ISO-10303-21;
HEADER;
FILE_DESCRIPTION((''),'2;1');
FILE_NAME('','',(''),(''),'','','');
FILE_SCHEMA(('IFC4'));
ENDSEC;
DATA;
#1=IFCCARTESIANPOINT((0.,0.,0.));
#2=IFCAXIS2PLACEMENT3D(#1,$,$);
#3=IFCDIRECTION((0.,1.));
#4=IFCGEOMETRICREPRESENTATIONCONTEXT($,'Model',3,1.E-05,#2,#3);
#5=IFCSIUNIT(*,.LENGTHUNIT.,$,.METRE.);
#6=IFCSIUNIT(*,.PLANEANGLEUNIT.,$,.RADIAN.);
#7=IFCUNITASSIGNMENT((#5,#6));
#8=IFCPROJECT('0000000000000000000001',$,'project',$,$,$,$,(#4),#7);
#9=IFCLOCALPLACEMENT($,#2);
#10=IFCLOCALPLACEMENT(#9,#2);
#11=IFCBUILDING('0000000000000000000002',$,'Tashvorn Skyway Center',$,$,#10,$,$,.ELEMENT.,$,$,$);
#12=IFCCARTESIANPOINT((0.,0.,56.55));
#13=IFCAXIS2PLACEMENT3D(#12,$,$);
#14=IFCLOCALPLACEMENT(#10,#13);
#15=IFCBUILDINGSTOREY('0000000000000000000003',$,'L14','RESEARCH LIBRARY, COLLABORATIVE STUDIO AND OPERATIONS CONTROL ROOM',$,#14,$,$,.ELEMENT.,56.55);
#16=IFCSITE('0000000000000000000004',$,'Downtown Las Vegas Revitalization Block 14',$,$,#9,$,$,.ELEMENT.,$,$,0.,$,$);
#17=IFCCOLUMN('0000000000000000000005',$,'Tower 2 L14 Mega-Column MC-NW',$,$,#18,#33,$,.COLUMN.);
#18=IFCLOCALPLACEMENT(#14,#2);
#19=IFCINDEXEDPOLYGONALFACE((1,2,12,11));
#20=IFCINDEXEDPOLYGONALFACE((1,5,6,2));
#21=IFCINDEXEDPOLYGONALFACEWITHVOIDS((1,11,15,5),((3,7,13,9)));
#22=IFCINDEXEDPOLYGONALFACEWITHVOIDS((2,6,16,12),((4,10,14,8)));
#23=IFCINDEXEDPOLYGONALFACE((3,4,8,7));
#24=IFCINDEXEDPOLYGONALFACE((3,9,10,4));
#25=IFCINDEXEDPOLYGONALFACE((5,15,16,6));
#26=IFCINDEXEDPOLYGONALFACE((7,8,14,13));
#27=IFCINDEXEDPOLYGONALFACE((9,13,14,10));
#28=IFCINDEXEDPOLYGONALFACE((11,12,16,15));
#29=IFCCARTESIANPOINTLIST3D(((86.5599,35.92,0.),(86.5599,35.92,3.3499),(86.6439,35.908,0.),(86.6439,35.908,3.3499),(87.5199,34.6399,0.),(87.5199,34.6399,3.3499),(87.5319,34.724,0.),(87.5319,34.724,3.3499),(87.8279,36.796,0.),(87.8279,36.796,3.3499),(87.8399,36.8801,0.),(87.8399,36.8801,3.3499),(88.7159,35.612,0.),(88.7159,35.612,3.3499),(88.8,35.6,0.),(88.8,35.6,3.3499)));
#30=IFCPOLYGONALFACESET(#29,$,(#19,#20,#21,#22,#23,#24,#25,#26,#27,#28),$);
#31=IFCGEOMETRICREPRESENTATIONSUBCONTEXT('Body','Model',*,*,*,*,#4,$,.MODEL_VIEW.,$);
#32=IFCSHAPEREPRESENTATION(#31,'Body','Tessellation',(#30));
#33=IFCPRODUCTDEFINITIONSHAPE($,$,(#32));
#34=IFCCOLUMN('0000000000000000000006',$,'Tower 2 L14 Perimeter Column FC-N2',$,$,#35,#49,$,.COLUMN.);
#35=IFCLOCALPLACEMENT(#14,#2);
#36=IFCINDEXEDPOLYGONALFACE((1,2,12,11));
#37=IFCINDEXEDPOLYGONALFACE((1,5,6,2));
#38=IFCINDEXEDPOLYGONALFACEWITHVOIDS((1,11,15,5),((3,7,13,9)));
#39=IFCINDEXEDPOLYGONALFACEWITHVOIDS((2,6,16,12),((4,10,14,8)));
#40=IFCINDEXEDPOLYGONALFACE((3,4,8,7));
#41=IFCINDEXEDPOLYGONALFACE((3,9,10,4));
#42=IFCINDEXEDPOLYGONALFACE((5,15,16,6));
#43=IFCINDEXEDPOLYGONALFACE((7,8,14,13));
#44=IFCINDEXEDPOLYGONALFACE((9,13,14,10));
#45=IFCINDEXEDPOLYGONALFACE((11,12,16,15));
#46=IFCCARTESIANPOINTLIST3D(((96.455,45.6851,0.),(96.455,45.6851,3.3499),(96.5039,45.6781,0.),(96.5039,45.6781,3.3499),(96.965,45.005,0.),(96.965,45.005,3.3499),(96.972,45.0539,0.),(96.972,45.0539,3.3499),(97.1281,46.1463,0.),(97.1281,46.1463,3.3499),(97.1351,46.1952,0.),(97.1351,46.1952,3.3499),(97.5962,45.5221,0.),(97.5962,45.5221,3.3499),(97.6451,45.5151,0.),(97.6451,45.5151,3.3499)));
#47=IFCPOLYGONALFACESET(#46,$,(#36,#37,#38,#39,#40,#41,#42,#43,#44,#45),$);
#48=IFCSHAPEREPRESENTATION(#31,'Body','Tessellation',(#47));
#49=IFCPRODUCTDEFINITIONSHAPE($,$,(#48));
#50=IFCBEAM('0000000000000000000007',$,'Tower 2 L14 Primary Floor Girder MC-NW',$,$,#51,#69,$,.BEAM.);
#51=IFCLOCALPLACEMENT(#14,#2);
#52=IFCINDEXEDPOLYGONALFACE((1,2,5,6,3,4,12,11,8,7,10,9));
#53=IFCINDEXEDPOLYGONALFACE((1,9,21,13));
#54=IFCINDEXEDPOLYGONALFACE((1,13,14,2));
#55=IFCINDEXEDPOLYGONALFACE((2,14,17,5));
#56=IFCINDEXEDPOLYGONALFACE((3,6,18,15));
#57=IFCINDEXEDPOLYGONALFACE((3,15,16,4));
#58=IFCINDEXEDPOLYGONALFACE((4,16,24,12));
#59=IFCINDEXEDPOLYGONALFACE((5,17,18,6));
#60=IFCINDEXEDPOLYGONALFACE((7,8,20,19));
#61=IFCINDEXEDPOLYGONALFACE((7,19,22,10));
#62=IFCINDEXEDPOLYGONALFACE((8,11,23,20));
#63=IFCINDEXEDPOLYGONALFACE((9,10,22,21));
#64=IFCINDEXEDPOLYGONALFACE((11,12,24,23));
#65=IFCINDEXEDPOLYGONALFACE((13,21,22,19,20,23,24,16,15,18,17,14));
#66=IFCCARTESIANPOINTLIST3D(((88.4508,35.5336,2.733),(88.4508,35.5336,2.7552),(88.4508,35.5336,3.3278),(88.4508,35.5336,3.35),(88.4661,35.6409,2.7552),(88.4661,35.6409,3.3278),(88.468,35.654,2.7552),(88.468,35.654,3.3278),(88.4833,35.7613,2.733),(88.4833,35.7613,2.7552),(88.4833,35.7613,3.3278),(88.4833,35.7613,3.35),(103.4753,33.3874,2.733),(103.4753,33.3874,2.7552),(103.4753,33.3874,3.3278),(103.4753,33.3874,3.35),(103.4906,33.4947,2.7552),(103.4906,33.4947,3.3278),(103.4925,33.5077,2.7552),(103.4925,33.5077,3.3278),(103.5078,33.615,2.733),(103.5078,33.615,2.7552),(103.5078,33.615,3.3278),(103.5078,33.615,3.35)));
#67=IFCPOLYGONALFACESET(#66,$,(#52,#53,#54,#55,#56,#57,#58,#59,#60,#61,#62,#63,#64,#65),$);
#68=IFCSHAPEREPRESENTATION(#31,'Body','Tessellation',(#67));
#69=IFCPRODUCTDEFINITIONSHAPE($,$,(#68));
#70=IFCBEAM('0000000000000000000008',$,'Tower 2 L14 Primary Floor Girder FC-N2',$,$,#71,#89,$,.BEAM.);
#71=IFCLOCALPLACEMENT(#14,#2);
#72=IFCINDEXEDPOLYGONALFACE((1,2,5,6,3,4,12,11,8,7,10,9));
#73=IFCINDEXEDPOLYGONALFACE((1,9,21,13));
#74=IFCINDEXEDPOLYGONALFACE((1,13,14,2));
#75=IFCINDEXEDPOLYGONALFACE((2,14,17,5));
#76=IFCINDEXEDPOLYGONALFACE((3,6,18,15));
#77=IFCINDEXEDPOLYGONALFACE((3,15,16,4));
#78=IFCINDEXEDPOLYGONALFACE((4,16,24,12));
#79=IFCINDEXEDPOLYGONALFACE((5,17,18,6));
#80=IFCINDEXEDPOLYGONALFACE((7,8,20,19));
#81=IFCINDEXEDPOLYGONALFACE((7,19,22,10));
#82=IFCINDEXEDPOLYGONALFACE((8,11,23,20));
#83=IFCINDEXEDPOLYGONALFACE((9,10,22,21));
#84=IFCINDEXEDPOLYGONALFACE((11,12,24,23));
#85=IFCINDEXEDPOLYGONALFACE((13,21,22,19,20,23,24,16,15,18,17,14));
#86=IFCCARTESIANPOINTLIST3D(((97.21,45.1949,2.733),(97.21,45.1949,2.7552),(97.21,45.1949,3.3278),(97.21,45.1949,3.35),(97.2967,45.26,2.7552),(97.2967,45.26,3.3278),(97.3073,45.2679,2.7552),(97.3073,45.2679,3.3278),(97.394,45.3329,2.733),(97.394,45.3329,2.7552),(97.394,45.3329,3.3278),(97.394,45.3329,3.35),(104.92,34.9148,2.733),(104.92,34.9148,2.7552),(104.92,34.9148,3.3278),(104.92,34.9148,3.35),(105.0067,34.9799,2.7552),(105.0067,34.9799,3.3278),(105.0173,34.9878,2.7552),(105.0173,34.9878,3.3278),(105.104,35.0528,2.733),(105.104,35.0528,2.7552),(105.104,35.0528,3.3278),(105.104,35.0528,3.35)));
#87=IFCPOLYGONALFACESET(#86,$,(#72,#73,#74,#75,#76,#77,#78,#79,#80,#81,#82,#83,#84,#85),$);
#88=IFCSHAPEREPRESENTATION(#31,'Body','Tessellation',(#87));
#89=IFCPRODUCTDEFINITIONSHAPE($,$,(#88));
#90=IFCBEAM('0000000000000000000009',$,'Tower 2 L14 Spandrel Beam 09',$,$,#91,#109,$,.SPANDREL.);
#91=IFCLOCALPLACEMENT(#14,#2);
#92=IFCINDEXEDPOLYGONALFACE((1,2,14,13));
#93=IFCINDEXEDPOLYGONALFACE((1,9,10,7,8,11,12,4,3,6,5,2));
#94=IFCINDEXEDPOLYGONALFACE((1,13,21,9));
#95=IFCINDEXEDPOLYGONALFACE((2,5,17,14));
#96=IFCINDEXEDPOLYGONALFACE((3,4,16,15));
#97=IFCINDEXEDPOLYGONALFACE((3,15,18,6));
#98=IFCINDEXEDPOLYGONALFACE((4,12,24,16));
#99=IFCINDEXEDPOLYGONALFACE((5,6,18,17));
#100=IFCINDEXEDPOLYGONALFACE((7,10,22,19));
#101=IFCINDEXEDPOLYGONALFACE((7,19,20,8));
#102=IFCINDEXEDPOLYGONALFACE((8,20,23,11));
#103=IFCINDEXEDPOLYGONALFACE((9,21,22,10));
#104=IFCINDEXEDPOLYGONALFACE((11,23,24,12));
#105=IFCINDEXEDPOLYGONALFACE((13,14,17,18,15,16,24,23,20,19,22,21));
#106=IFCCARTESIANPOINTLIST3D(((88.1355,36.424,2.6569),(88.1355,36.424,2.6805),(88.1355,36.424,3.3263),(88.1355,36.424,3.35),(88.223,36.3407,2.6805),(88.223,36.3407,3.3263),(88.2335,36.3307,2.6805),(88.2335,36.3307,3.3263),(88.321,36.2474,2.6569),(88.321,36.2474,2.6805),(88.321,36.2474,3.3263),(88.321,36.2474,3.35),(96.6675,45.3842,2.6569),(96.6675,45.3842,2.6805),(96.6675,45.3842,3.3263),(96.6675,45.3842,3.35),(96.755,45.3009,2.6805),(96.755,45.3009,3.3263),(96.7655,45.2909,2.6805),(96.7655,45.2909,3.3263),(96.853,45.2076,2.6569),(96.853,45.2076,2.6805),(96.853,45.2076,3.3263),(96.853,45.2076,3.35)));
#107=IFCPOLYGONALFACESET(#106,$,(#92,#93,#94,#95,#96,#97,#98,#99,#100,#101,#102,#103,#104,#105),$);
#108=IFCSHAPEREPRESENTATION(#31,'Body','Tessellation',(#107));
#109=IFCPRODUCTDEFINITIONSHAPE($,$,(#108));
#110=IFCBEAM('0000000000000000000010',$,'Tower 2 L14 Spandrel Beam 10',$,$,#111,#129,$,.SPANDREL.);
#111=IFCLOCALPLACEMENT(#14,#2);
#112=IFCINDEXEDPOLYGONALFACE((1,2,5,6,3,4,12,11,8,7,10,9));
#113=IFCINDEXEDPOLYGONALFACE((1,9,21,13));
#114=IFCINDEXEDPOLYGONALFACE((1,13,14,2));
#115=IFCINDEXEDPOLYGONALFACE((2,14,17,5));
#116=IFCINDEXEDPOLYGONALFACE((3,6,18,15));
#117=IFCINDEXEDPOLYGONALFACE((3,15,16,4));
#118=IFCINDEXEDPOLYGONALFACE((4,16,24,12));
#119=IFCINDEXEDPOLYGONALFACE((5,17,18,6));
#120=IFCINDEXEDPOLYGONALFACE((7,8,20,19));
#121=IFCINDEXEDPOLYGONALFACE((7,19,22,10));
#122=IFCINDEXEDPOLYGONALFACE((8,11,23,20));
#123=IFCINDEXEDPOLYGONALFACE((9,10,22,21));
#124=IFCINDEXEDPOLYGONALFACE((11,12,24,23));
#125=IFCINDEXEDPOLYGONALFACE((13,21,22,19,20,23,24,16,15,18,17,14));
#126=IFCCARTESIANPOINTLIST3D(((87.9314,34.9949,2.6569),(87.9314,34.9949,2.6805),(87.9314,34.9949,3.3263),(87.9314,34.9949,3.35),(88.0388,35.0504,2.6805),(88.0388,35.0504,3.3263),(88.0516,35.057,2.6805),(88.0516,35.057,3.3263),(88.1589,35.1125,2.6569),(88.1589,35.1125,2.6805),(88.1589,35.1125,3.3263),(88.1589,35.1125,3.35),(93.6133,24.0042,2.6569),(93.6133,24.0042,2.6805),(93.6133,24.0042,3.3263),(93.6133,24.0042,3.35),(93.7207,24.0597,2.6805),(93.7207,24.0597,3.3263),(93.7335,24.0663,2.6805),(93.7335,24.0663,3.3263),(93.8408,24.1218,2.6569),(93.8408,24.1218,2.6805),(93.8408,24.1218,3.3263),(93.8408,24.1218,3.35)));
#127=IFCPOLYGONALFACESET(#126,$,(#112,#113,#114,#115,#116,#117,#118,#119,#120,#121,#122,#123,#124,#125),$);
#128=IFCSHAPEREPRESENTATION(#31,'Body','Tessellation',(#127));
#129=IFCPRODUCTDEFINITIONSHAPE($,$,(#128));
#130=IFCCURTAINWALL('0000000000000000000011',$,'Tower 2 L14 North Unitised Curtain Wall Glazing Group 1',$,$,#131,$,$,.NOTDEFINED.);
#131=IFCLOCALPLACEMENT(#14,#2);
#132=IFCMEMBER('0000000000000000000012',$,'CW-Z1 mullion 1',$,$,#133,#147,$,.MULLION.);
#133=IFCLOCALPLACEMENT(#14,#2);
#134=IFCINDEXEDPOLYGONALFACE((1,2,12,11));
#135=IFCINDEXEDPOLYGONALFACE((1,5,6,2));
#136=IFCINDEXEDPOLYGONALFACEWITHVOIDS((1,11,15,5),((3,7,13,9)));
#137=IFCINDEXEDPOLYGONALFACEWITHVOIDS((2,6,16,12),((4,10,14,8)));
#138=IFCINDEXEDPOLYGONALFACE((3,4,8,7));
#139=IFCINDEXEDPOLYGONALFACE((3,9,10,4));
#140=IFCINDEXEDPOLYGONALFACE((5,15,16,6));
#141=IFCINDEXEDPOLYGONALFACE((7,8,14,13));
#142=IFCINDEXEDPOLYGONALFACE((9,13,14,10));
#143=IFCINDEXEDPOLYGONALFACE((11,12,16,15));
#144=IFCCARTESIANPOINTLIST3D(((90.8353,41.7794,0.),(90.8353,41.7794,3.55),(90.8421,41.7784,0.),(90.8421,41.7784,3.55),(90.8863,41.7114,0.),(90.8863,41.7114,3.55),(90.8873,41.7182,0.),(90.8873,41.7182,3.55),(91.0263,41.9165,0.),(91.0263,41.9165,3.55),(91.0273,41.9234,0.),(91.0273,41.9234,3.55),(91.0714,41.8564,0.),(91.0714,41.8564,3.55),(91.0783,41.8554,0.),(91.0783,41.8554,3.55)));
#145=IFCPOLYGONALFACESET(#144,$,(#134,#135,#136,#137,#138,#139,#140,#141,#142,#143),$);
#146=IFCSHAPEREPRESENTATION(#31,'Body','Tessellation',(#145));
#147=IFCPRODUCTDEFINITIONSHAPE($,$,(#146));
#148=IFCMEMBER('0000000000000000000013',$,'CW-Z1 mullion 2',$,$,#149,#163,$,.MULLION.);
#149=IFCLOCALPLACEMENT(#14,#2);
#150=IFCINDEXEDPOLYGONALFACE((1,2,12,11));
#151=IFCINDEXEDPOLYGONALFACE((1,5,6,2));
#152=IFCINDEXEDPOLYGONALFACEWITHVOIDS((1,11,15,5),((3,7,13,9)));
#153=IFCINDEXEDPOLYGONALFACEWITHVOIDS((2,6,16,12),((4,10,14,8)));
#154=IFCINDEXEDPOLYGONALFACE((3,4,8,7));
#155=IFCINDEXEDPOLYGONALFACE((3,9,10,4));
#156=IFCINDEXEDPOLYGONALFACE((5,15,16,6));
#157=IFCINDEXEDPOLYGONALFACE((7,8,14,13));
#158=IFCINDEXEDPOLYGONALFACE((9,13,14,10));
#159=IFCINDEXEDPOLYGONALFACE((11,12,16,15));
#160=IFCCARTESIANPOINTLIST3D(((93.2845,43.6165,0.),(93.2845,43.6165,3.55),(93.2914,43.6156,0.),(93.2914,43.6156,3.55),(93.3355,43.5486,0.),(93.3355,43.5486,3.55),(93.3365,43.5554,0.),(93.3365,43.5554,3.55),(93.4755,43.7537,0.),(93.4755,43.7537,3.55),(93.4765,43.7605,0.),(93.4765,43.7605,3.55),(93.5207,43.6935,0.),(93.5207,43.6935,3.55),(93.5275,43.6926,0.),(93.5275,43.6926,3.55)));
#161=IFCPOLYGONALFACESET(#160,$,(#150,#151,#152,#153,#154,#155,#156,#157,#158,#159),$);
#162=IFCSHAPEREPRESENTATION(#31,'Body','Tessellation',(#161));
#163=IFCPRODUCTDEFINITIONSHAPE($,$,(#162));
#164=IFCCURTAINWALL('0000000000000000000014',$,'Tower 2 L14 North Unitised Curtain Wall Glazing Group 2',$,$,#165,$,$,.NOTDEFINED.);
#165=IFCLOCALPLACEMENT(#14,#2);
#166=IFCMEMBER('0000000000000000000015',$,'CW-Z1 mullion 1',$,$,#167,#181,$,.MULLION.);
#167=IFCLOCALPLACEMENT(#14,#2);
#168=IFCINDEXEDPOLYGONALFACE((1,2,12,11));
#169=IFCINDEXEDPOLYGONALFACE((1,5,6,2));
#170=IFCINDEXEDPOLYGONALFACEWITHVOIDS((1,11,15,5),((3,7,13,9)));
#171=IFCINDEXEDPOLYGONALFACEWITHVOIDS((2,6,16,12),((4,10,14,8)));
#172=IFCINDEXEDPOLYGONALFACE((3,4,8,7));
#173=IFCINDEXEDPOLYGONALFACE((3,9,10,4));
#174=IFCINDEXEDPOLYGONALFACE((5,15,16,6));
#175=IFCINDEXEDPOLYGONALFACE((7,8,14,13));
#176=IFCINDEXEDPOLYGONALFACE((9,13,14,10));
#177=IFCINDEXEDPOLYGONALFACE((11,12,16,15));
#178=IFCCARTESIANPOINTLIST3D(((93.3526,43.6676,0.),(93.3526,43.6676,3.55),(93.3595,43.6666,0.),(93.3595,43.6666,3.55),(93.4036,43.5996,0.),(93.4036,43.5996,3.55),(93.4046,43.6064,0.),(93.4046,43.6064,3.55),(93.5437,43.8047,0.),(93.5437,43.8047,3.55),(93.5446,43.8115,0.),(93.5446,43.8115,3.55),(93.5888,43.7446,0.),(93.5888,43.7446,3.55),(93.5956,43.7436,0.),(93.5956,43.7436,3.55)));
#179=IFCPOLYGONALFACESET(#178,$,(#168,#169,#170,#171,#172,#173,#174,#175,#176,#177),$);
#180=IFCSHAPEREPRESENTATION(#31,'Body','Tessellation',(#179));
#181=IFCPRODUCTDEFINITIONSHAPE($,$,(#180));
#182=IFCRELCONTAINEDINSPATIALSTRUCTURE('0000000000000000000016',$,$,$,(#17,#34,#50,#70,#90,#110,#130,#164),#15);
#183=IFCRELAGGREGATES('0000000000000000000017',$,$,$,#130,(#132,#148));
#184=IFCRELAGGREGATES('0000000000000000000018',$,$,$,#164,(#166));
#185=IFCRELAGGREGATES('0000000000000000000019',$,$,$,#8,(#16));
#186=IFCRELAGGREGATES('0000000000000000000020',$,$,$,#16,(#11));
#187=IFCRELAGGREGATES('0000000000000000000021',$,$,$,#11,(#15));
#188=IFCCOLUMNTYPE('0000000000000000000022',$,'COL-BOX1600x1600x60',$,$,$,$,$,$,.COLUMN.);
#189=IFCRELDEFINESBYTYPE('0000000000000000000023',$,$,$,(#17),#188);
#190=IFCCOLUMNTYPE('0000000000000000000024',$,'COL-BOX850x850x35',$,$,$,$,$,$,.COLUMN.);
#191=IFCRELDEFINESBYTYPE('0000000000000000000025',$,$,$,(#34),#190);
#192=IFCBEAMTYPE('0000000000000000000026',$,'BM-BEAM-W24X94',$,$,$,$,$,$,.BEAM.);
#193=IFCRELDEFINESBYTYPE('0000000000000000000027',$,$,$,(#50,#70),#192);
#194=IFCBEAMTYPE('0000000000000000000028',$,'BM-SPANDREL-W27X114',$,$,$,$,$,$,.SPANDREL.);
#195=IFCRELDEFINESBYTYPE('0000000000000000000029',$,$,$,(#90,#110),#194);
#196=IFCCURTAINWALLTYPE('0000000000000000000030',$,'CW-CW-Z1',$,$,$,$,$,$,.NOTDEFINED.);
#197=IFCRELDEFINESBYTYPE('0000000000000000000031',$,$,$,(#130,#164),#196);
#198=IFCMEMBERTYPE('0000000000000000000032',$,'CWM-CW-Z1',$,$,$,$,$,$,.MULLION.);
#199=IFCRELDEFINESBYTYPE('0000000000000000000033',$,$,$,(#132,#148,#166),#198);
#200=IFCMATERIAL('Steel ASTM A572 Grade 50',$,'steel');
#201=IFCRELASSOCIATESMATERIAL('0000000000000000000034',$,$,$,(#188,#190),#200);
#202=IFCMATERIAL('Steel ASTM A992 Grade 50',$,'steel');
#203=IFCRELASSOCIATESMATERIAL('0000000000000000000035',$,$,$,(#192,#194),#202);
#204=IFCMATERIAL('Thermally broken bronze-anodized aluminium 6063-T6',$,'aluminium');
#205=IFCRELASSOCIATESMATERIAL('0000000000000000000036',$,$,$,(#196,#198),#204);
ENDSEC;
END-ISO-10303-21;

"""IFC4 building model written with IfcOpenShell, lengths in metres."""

from ifc_helpers import new_model, si_unit, direction, frame, origin, origin_2d, place, context, subcontext, project, spatial, hollow_rectangle, i_section, extrude, material, material_profile, profile_set, type_object, element, aggregate, save


model = new_model("IFC4")

# Units and contexts
model_context = context("Model", 3, precision=1e-05, world=origin(), true_north=direction((0.0, 1.0)))
body_context = subcontext(model_context, "Body", "Model", "MODEL_VIEW")
ifc_project = project(units=[si_unit("LENGTHUNIT", "METRE"), si_unit("PLANEANGLEUNIT", "RADIAN")], contexts=[model_context])

# Site, building, storey
site_placement = place(None, origin())
site = spatial("IfcSite", under=ifc_project, at=site_placement, Name="Downtown Las Vegas Revitalization Block 14", CompositionType="ELEMENT", RefElevation=0.0)
building_placement = place(site_placement, origin())
building = spatial("IfcBuilding", under=site, at=building_placement, Name="Tashvorn Skyway Center", CompositionType="ELEMENT")
storey_placement = place(building_placement, frame((0.0, 0.0, 56.55)))
storey = spatial("IfcBuildingStorey", under=building, at=storey_placement, Name="L14", Description="RESEARCH LIBRARY, COLLABORATIVE STUDIO AND OPERATIONS CONTROL ROOM", CompositionType="ELEMENT", Elevation=56.55)

# Columns
ifc_material_1 = material(Name="Steel ASTM A572 Grade 50", Category="steel")
ifc_material_profile_1 = material_profile(ifc_material_1, hollow_rectangle(XDim=1.6001, YDim=1.6001, WallThickness=0.0601, at=origin_2d()), Name="BOX1600x1600x60")
ifc_profile_set_1 = profile_set([ifc_material_profile_1], Name="Steel ASTM A572 Grade 50")
column_type_1 = type_object("IfcColumnType", Name="COL-BOX1600x1600x60", PredefinedType="COLUMN", material=ifc_profile_set_1)
column_1_placement = place(storey_placement, frame((87.6799, 35.76, 0.0), z_axis=(0.0, 0.0, 1.0), x_axis=(0.8, 0.6, 0.0)))
element("IfcColumn", 1, at=column_1_placement, inside=storey, type_object=column_type_1, Name="Tower 2 L14 Mega-Column MC-NW", PredefinedType="COLUMN", context=body_context, shape_type="SweptSolid", body=[
    extrude(hollow_rectangle(XDim=1.6001, YDim=1.6001, WallThickness=0.0601, at=origin_2d()), origin(), (0.0, 0.0, 1.0), 3.3499),
])
ifc_material_profile_2 = material_profile(ifc_material_1, hollow_rectangle(XDim=0.8501, YDim=0.8501, WallThickness=0.0349, at=origin_2d()), Name="BOX850x850x35")
ifc_profile_set_2 = profile_set([ifc_material_profile_2], Name="Steel ASTM A572 Grade 50")
column_type_2 = type_object("IfcColumnType", Name="COL-BOX850x850x35", PredefinedType="COLUMN", material=ifc_profile_set_2)
column_2_placement = place(storey_placement, frame((97.05, 45.6001, 0.0), z_axis=(0.0, 0.0, 1.0), x_axis=(0.8, 0.6, 0.0)))
element("IfcColumn", 2, at=column_2_placement, inside=storey, type_object=column_type_2, Name="Tower 2 L14 Perimeter Column FC-N2", PredefinedType="COLUMN", context=body_context, shape_type="SweptSolid", body=[
    extrude(hollow_rectangle(XDim=0.8501, YDim=0.8501, WallThickness=0.0349, at=origin_2d()), origin(), (0.0, 0.0, 1.0), 3.3499),
])

# Beams
ifc_material_2 = material(Name="Steel ASTM A992 Grade 50", Category="steel")
ifc_material_profile_3 = material_profile(ifc_material_2, i_section(OverallWidth=0.23, OverallDepth=0.6169, WebThickness=0.0132, FlangeThickness=0.0222, at=origin_2d()), Name="W24X94")
ifc_profile_set_3 = profile_set([ifc_material_profile_3], Name="Steel ASTM A992 Grade 50")
beam_type_1 = type_object("IfcBeamType", Name="BM-BEAM-W24X94", PredefinedType="BEAM", material=ifc_profile_set_3)
beam_1_placement = place(storey_placement, frame((88.467, 35.6475, 3.0415), z_axis=(0.98995, -0.141415, 0.0), x_axis=(0.141415, 0.98995, 0.0)))
element("IfcBeam", 3, at=beam_1_placement, inside=storey, type_object=beam_type_1, Name="Tower 2 L14 Primary Floor Girder MC-NW", PredefinedType="BEAM", context=body_context, shape_type="SweptSolid", body=[
    extrude(i_section(OverallWidth=0.23, OverallDepth=0.6169, WebThickness=0.0132, FlangeThickness=0.0222, at=origin_2d()), origin(), (0.0, 0.0, 1.0), 15.177),
])
beam_2_placement = place(storey_placement, frame((97.302, 45.2639, 3.0415), z_axis=(0.599997, -0.800002, 0.0), x_axis=(0.800002, 0.599997, 0.0)))
element("IfcBeam", 4, at=beam_2_placement, inside=storey, type_object=beam_type_1, Name="Tower 2 L14 Primary Floor Girder FC-N2", PredefinedType="BEAM", context=body_context, shape_type="SweptSolid", body=[
    extrude(i_section(OverallWidth=0.23, OverallDepth=0.6169, WebThickness=0.0132, FlangeThickness=0.0222, at=origin_2d()), origin(), (0.0, 0.0, 1.0), 12.8501),
])
ifc_material_profile_4 = material_profile(ifc_material_2, i_section(OverallWidth=0.2561, OverallDepth=0.6931, WebThickness=0.0144, FlangeThickness=0.0237, at=origin_2d()), Name="W27X114")
ifc_profile_set_4 = profile_set([ifc_material_profile_4], Name="Steel ASTM A992 Grade 50")
beam_type_2 = type_object("IfcBeamType", Name="BM-SPANDREL-W27X114", PredefinedType="SPANDREL", material=ifc_profile_set_4)
for number, where, z_axis, x_axis, name in (
    (5, (96.7603, 45.2959, 3.0034), (-0.68959, -0.7242, 0.0), (0.7242, -0.68959, 0.0), "Tower 2 L14 Spandrel Beam 09"),
    (6, (88.0452, 35.0537, 3.0034), (0.459233, -0.888316, 0.0), (0.888316, 0.459233, 0.0), "Tower 2 L14 Spandrel Beam 10"),
):
    element("IfcBeam", number, at=place(storey_placement, frame(where, z_axis=z_axis, x_axis=x_axis)), inside=storey, type_object=beam_type_2, Name=name, PredefinedType="SPANDREL", context=body_context, shape_type="SweptSolid", body=[
        extrude(i_section(OverallWidth=0.2561, OverallDepth=0.6931, WebThickness=0.0144, FlangeThickness=0.0237, at=origin_2d()), origin(), (0.0, 0.0, 1.0), 12.3726),
    ])

# Curtain walls, members
ifc_material_3 = material(Name="Thermally broken bronze-anodized aluminium 6063-T6", Category="aluminium")
curtain_wall_type = type_object("IfcCurtainWallType", Name="CW-CW-Z1", PredefinedType="NOTDEFINED", material=ifc_material_3)
curtain_wall_1_placement = place(storey_placement, origin())
curtain_wall_1 = element("IfcCurtainWall", 7, at=curtain_wall_1_placement, inside=storey, type_object=curtain_wall_type, Name="Tower 2 L14 North Unitised Curtain Wall Glazing Group 1", PredefinedType="NOTDEFINED")
ifc_material_profile_5 = material_profile(ifc_material_3, hollow_rectangle(XDim=0.085, YDim=0.24, WallThickness=0.0049, at=origin_2d()), Name="ALU-MULL-85x240")
ifc_profile_set_5 = profile_set([ifc_material_profile_5], Name="Thermally broken bronze-anodized aluminium 6063-T6")
member_type_1 = type_object("IfcMemberType", Name="CWM-CW-Z1", PredefinedType="MULLION", material=ifc_profile_set_5)
member_1_placement = place(storey_placement, frame((90.9568, 41.8174, 0.0), z_axis=(0.0, 0.0, 1.0), x_axis=(-0.600005, 0.799996, 0.0)))
member_1 = element("IfcMember", 8, at=member_1_placement, type_object=member_type_1, Name="CW-Z1 mullion 1", PredefinedType="MULLION", context=body_context, shape_type="SweptSolid", body=[
    extrude(hollow_rectangle(XDim=0.085, YDim=0.24, WallThickness=0.0049, at=origin_2d()), origin(), (0.0, 0.0, 1.0), 3.55),
])
member_2_placement = place(storey_placement, frame((93.406, 43.6545, 0.0), z_axis=(0.0, 0.0, 1.0), x_axis=(-0.600005, 0.799996, 0.0)))
member_2 = element("IfcMember", 9, at=member_2_placement, type_object=member_type_1, Name="CW-Z1 mullion 2", PredefinedType="MULLION", context=body_context, shape_type="SweptSolid", body=[
    extrude(hollow_rectangle(XDim=0.085, YDim=0.24, WallThickness=0.0049, at=origin_2d()), origin(), (0.0, 0.0, 1.0), 3.55),
])
curtain_wall_2_placement = place(storey_placement, origin())
curtain_wall_2 = element("IfcCurtainWall", 10, at=curtain_wall_2_placement, inside=storey, type_object=curtain_wall_type, Name="Tower 2 L14 North Unitised Curtain Wall Glazing Group 2", PredefinedType="NOTDEFINED")
member_3_placement = place(storey_placement, frame((93.4741, 43.7056, 0.0), z_axis=(0.0, 0.0, 1.0), x_axis=(-0.6, 0.8, 0.0)))
member_3 = element("IfcMember", 11, at=member_3_placement, type_object=member_type_1, Name="CW-Z1 mullion 1", PredefinedType="MULLION", context=body_context, shape_type="SweptSolid", body=[
    extrude(hollow_rectangle(XDim=0.085, YDim=0.24, WallThickness=0.0049, at=origin_2d()), origin(), (0.0, 0.0, 1.0), 3.55),
])

aggregate(curtain_wall_1, [member_1, member_2])
aggregate(curtain_wall_2, [member_3])

save(model, "model.ifc")
